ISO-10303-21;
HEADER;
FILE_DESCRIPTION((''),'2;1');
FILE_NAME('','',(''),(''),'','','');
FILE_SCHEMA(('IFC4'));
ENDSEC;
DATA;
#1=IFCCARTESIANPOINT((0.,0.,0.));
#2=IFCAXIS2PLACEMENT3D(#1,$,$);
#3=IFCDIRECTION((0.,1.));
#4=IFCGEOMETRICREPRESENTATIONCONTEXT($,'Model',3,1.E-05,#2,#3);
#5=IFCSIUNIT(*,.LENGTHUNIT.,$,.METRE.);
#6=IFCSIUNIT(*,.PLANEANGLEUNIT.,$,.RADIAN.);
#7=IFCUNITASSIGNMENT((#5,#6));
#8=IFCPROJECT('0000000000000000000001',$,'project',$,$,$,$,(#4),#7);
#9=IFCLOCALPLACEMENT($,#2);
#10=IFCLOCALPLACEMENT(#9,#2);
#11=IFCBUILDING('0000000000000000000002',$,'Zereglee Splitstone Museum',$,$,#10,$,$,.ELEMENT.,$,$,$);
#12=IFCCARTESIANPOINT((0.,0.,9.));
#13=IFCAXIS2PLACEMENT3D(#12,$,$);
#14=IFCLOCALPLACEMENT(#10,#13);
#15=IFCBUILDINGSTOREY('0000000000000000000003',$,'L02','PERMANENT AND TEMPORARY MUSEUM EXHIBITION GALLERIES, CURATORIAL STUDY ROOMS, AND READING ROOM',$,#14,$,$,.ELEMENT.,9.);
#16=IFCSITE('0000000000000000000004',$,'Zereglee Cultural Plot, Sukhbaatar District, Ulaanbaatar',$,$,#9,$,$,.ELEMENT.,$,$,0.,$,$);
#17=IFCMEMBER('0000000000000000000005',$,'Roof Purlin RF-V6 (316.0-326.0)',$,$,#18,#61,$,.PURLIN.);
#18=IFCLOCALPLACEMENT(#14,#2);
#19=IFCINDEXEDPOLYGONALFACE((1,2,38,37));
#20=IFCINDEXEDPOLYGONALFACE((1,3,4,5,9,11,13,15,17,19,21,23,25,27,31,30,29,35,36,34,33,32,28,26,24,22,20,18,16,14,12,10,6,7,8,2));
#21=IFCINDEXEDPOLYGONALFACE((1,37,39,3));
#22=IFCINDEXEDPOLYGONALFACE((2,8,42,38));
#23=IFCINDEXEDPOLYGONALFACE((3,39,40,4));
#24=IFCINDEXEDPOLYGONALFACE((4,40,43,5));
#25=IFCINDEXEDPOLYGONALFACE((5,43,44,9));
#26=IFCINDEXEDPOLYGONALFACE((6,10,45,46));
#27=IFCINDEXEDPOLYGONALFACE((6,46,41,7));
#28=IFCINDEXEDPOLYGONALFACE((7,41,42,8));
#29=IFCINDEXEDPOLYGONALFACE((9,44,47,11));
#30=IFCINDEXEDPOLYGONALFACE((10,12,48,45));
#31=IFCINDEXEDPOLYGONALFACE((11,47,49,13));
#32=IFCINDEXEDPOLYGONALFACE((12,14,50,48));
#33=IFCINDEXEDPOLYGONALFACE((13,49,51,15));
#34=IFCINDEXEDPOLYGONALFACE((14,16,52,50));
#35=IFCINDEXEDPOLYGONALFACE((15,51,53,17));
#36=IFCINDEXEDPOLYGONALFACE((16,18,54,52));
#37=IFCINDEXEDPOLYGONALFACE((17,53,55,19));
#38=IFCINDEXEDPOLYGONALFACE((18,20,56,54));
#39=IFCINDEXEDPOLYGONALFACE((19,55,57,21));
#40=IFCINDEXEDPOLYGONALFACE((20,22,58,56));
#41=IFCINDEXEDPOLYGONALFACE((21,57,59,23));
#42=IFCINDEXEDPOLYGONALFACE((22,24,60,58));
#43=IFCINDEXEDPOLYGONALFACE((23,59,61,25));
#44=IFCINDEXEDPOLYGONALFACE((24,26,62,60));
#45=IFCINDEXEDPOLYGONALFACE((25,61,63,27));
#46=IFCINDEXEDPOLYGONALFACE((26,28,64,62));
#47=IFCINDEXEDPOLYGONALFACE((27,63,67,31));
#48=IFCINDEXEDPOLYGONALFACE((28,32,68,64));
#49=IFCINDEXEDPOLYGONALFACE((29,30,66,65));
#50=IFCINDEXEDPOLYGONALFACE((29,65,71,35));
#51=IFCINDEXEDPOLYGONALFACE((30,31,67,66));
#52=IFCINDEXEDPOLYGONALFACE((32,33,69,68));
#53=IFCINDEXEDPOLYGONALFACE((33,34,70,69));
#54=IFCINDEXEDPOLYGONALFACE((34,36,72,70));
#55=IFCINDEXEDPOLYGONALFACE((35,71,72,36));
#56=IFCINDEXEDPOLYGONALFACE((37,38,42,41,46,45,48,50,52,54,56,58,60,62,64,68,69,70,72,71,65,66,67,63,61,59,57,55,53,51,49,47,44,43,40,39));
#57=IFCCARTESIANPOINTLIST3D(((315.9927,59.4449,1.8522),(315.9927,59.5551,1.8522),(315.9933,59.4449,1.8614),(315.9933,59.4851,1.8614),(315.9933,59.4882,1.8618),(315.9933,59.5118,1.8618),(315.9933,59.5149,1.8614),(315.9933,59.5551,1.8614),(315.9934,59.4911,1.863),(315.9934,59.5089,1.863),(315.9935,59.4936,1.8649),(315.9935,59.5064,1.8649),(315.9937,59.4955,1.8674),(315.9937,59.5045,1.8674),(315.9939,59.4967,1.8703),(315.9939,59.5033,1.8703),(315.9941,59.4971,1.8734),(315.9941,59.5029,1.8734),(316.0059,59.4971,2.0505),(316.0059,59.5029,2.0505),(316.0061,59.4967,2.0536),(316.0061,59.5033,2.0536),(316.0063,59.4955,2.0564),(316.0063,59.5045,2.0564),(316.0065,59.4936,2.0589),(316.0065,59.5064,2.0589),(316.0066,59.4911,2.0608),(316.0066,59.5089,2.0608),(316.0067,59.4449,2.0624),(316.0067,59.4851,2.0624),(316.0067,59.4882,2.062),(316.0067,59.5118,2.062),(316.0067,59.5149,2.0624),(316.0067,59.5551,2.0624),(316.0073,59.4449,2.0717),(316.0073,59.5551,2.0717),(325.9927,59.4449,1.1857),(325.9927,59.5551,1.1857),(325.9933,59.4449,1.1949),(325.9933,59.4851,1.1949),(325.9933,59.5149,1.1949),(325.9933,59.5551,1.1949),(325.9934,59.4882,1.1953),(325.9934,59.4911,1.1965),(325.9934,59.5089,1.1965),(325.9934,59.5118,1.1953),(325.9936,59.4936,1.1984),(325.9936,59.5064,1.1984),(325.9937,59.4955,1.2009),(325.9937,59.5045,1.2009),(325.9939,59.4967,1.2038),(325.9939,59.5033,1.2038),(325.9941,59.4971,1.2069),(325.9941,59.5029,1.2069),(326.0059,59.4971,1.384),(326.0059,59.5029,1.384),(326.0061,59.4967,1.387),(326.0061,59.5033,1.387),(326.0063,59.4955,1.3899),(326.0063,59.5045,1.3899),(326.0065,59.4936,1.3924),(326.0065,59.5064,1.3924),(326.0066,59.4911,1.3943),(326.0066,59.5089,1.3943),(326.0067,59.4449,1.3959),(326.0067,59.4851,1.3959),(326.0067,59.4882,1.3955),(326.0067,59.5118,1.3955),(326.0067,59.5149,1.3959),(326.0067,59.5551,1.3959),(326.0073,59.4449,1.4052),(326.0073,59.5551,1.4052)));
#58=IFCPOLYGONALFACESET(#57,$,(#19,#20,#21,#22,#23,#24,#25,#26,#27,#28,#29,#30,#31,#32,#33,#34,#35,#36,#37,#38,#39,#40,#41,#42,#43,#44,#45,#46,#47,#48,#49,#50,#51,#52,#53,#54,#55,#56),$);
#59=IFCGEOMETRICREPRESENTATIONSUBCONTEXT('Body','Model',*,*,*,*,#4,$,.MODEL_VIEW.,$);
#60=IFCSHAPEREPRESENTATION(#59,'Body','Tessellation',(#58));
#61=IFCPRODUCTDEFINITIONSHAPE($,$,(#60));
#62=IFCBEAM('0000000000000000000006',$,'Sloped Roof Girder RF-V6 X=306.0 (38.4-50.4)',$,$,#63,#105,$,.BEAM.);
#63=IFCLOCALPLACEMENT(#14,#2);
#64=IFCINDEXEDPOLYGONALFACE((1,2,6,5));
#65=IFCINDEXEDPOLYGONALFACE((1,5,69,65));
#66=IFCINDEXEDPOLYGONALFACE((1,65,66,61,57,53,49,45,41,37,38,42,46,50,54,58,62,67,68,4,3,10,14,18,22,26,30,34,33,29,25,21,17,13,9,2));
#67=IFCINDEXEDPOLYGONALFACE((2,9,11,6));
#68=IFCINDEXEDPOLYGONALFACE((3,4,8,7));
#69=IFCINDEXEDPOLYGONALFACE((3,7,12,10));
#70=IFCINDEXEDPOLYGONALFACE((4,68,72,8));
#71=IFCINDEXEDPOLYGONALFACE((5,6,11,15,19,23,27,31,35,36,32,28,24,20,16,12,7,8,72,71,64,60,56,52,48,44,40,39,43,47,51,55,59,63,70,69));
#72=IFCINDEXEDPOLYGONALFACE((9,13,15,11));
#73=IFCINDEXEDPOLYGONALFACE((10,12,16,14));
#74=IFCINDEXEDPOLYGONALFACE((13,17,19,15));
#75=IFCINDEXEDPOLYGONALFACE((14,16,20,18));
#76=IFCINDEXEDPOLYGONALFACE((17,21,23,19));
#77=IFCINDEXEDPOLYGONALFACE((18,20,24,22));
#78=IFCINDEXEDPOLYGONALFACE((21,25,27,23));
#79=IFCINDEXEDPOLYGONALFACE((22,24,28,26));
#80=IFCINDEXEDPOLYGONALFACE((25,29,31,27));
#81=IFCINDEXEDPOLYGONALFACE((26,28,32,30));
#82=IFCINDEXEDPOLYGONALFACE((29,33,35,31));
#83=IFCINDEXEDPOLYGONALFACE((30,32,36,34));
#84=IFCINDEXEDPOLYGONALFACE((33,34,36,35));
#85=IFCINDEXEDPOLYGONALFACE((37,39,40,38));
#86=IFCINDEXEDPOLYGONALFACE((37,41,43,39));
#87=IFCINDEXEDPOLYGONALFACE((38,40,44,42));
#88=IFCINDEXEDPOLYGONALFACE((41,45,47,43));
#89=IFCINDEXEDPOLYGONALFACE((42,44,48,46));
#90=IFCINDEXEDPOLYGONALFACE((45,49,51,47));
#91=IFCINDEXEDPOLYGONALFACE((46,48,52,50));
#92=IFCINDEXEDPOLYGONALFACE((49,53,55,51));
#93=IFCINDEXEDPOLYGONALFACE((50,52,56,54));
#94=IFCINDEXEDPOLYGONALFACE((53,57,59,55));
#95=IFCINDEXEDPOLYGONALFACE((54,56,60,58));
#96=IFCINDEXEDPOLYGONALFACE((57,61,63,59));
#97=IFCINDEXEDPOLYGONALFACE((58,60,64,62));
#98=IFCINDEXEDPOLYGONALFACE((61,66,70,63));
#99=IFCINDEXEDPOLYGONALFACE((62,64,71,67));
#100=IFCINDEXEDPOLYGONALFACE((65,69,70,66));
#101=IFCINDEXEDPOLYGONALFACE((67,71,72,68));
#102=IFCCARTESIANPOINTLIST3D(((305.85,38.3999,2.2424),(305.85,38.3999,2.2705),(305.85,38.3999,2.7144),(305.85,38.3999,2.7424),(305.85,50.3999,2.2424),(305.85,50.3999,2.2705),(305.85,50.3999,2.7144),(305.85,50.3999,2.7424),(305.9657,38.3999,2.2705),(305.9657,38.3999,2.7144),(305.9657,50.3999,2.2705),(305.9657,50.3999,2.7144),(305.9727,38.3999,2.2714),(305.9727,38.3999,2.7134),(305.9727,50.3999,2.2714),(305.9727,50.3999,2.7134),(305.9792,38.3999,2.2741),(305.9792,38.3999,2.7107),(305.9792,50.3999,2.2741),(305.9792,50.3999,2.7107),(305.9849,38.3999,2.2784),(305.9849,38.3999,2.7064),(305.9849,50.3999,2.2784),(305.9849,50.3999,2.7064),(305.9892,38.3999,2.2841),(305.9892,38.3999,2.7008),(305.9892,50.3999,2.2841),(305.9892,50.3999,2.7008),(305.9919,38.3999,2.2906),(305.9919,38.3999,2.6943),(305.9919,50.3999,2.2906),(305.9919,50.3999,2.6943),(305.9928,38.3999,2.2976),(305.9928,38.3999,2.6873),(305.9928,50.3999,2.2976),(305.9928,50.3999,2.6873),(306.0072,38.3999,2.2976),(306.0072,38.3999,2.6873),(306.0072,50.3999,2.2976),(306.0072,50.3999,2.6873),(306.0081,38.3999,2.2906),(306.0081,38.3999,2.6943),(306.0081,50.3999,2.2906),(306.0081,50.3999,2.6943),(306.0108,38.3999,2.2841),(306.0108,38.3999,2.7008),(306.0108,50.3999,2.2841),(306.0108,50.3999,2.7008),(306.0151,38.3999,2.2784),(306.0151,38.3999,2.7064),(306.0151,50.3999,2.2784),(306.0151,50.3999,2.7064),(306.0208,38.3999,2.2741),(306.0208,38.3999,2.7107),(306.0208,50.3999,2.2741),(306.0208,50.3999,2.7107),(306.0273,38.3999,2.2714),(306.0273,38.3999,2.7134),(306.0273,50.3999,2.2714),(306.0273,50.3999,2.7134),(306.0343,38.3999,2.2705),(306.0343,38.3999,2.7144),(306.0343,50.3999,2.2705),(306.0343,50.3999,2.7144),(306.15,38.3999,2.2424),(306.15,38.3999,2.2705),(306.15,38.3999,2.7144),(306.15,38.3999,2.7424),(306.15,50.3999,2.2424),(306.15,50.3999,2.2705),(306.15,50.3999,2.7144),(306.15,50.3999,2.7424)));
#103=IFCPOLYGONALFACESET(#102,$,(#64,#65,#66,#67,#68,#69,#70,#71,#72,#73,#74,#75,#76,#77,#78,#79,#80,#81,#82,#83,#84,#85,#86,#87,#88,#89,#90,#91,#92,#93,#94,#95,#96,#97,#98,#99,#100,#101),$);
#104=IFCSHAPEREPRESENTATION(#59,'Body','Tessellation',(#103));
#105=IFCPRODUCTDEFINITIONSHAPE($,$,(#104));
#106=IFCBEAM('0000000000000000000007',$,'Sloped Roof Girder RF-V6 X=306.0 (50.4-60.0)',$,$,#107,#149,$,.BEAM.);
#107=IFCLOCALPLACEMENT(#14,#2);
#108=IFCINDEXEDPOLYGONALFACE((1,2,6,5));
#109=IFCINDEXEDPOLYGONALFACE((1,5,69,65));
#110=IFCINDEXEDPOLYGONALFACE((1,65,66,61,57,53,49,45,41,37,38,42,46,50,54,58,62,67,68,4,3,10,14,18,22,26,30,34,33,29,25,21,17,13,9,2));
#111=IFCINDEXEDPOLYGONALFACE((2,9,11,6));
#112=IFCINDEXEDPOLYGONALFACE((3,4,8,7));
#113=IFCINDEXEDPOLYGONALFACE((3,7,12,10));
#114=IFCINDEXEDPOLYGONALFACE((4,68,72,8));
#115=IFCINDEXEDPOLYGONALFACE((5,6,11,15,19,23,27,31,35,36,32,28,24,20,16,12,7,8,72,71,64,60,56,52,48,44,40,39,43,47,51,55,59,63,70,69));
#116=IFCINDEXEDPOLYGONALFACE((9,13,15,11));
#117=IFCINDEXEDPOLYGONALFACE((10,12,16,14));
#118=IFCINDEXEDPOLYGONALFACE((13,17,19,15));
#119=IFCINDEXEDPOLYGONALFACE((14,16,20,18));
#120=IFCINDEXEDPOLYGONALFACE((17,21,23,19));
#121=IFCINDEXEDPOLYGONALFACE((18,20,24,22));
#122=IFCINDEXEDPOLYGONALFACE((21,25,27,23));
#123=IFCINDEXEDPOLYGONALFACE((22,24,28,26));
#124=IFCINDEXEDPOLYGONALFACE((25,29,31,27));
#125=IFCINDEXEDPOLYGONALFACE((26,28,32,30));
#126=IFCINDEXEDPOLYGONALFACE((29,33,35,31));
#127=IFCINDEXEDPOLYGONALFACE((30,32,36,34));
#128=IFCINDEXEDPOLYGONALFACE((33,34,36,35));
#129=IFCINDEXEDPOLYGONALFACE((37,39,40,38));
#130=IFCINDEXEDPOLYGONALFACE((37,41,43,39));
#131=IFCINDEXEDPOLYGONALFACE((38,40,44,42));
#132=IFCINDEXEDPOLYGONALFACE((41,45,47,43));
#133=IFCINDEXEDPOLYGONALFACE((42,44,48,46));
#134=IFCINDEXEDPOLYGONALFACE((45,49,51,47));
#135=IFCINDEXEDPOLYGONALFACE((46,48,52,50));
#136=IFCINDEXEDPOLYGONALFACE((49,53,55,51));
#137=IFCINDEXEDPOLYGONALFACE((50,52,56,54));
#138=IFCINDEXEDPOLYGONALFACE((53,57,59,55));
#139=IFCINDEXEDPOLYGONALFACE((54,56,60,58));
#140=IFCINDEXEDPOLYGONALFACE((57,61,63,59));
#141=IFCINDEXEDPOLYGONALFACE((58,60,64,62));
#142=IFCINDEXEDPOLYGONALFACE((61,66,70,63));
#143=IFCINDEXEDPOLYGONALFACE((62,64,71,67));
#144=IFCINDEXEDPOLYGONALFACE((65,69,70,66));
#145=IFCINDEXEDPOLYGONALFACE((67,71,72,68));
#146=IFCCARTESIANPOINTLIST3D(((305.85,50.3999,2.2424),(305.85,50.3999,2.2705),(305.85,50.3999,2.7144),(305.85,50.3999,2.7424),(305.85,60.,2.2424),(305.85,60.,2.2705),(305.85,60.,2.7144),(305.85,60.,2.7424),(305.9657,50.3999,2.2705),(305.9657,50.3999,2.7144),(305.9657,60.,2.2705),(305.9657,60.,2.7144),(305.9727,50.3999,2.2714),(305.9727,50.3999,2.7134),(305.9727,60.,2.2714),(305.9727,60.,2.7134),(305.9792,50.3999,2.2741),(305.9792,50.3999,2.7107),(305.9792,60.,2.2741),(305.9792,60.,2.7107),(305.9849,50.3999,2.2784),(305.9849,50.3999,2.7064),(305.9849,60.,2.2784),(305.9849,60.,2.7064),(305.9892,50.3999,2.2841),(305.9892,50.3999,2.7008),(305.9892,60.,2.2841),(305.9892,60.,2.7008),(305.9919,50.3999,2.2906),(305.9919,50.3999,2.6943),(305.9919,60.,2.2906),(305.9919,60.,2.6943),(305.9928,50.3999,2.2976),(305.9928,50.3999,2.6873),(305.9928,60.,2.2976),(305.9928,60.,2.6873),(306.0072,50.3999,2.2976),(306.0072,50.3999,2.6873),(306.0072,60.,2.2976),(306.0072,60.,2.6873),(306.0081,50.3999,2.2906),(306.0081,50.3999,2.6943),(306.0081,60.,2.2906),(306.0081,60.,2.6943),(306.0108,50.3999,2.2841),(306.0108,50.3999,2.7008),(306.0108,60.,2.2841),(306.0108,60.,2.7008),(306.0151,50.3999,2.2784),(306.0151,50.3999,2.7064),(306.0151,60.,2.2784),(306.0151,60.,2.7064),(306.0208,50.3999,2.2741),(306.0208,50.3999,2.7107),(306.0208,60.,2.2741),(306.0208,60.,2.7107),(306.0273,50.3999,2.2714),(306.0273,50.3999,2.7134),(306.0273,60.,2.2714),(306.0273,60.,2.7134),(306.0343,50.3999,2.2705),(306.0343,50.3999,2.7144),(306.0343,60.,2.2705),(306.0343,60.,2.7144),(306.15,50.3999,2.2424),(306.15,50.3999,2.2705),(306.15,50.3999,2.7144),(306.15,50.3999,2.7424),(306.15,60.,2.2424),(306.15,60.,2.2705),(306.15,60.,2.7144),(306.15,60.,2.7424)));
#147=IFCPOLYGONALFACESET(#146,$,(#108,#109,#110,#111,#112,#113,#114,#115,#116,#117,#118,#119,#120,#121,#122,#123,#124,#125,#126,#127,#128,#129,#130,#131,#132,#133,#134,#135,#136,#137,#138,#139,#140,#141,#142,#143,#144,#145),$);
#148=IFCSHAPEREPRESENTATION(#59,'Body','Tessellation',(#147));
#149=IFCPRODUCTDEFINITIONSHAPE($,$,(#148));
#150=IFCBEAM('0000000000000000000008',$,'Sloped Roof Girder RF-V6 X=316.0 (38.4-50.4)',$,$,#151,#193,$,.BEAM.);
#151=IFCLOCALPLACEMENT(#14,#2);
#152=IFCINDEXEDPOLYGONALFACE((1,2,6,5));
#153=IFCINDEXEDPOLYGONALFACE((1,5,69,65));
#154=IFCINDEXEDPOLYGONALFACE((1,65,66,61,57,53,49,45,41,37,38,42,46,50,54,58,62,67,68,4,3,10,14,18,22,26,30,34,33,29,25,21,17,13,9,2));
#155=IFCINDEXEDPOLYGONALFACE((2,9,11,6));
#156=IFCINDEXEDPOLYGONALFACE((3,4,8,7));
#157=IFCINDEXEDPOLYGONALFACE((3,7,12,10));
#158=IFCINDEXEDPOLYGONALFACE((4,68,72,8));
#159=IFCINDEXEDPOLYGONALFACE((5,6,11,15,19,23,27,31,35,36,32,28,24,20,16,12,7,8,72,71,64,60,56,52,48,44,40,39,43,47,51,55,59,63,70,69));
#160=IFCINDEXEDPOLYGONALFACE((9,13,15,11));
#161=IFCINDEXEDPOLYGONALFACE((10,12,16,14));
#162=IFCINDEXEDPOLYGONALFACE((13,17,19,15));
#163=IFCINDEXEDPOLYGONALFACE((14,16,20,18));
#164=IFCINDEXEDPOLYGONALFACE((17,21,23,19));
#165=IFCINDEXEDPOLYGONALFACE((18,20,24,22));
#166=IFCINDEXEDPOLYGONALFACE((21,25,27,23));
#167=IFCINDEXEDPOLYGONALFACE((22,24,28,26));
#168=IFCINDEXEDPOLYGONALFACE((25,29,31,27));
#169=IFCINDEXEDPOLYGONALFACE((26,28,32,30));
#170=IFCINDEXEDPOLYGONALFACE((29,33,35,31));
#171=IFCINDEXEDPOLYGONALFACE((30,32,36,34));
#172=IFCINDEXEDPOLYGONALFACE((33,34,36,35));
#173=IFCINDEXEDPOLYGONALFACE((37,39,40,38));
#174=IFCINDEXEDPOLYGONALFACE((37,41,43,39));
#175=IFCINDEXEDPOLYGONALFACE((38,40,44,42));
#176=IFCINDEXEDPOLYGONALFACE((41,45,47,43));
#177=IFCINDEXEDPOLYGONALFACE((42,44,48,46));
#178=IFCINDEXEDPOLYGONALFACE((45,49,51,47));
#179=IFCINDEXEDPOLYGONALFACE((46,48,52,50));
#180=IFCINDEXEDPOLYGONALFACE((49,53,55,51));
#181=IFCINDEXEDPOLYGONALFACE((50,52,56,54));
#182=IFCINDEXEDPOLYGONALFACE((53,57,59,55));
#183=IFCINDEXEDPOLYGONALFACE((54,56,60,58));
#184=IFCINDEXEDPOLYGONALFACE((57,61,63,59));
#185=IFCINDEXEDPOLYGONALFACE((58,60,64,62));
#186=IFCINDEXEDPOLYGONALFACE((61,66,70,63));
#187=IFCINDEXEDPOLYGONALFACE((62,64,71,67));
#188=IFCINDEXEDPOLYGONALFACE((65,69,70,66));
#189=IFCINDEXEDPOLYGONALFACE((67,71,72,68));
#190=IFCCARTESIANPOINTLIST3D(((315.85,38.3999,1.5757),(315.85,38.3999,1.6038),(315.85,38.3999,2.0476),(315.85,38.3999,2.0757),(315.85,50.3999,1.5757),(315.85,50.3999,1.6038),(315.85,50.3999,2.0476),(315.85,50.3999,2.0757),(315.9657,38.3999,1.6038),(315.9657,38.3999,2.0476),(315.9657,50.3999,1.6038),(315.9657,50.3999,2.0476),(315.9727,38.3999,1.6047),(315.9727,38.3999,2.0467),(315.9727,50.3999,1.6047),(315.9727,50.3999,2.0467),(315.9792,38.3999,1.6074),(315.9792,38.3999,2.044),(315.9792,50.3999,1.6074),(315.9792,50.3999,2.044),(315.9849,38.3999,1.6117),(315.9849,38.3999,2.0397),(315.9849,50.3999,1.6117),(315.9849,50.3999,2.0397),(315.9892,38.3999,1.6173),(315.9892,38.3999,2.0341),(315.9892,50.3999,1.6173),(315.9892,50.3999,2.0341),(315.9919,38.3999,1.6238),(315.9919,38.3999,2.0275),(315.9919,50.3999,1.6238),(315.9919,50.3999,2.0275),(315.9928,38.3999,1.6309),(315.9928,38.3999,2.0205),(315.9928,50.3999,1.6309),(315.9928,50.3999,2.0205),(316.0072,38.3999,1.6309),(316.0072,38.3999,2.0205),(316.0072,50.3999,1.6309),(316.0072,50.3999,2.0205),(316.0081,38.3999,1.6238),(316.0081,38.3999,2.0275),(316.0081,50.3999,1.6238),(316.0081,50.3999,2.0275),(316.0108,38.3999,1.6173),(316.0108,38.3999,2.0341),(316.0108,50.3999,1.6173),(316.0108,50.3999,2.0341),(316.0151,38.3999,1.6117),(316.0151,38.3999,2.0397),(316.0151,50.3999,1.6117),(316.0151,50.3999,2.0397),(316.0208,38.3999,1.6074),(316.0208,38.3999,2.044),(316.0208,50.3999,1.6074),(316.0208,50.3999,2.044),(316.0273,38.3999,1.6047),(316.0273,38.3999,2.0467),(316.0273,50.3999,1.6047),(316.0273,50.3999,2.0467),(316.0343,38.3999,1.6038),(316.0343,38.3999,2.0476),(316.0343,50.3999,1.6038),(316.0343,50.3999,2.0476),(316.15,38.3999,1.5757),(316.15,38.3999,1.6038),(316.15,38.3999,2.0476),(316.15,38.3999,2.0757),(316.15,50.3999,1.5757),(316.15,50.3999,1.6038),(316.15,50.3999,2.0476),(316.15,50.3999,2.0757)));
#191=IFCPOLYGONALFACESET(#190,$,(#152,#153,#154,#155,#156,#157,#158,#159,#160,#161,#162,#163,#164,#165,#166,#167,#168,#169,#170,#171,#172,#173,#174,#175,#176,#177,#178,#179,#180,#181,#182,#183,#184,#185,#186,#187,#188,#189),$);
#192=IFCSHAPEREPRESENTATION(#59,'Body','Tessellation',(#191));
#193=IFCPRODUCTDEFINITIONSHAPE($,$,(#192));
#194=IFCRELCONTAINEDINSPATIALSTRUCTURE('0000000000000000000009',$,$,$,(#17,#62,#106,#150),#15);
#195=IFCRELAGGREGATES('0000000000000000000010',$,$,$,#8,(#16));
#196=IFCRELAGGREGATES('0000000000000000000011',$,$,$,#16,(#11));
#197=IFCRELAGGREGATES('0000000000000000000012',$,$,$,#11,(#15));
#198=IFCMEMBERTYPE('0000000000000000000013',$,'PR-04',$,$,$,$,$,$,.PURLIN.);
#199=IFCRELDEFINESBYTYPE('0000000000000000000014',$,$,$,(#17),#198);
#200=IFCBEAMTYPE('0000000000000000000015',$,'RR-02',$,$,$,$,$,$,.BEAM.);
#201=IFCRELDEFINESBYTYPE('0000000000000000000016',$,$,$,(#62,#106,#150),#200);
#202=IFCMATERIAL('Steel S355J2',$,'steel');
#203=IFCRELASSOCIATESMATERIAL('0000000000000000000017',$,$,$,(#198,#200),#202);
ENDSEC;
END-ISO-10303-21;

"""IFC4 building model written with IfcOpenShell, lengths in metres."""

from ifc_helpers import new_model, si_unit, direction, frame, origin, origin_2d, place, context, subcontext, project, spatial, i_section, extrude, material, material_profile, profile_set, type_object, element, save


model = new_model("IFC4")

# Units and contexts
model_context = context("Model", 3, precision=1e-05, world=origin(), true_north=direction((0.0, 1.0)))
body_context = subcontext(model_context, "Body", "Model", "MODEL_VIEW")
ifc_project = project(units=[si_unit("LENGTHUNIT", "METRE"), si_unit("PLANEANGLEUNIT", "RADIAN")], contexts=[model_context])

# Site, building, storey
site_placement = place(None, origin())
site = spatial("IfcSite", under=ifc_project, at=site_placement, Name="Zereglee Cultural Plot, Sukhbaatar District, Ulaanbaatar", CompositionType="ELEMENT", RefElevation=0.0)
building_placement = place(site_placement, origin())
building = spatial("IfcBuilding", under=site, at=building_placement, Name="Zereglee Splitstone Museum", CompositionType="ELEMENT")
storey_placement = place(building_placement, frame((0.0, 0.0, 9.0)))
storey = spatial("IfcBuildingStorey", under=building, at=storey_placement, Name="L02", Description="PERMANENT AND TEMPORARY MUSEUM EXHIBITION GALLERIES, CURATORIAL STUDY ROOMS, AND READING ROOM", CompositionType="ELEMENT", Elevation=9.0)

# Shared definitions
ifc_material_1 = material(Name="Steel S355J2", Category="steel")

# Member
ifc_material_profile_1 = material_profile(ifc_material_1, i_section(OverallWidth=0.1101, OverallDepth=0.22, WebThickness=0.0059, FlangeThickness=0.0093, FilletRadius=0.012, at=origin_2d()), Name="IPE 220")
ifc_profile_set_1 = profile_set([ifc_material_profile_1], Name="Steel S355J2")
member_type_1 = type_object("IfcMemberType", Name="PR-04", PredefinedType="PURLIN", material=ifc_profile_set_1)
for number, where, z_axis, x_axis, name in (
    (1, (316.0, 59.5, 1.9619), (0.997786, 0.0, -0.066503), (0.0, 1.0, 0.0), "Roof Purlin RF-V6 (316.0-326.0)"),
):
    element("IfcMember", number, at=place(storey_placement, frame(where, z_axis=z_axis, x_axis=x_axis)), inside=storey, type_object=member_type_1, Name=name, PredefinedType="PURLIN", context=body_context, shape_type="SweptSolid", body=[
        extrude(i_section(OverallWidth=0.1101, OverallDepth=0.22, WebThickness=0.0059, FlangeThickness=0.0093, FilletRadius=0.012, at=origin_2d()), origin(), (0.0, 0.0, 1.0), 10.0222),
    ])

# Beams
ifc_material_profile_2 = material_profile(ifc_material_1, i_section(OverallWidth=0.3, OverallDepth=0.5, WebThickness=0.0144, FlangeThickness=0.0281, FilletRadius=0.0271, at=origin_2d()), Name="HE 500 B")
ifc_profile_set_2 = profile_set([ifc_material_profile_2], Name="Steel S355J2")
beam_type = type_object("IfcBeamType", Name="RR-02", PredefinedType="BEAM", material=ifc_profile_set_2)
beam_1_placement = place(storey_placement, frame((306.0, 38.3999, 2.4924), z_axis=(0.0, 1.0, 0.0), x_axis=(-1.0, 0.0, 0.0)))
element("IfcBeam", 2, at=beam_1_placement, inside=storey, type_object=beam_type, Name="Sloped Roof Girder RF-V6 X=306.0 (38.4-50.4)", PredefinedType="BEAM", context=body_context, shape_type="SweptSolid", body=[
    extrude(i_section(OverallWidth=0.3, OverallDepth=0.5, WebThickness=0.0144, FlangeThickness=0.0281, FilletRadius=0.0271, at=origin_2d()), origin(), (0.0, 0.0, 1.0), 12.0),
])
beam_2_placement = place(storey_placement, frame((306.0, 50.3999, 2.4924), z_axis=(0.0, 1.0, 0.0), x_axis=(-1.0, 0.0, 0.0)))
element("IfcBeam", 3, at=beam_2_placement, inside=storey, type_object=beam_type, Name="Sloped Roof Girder RF-V6 X=306.0 (50.4-60.0)", PredefinedType="BEAM", context=body_context, shape_type="SweptSolid", body=[
    extrude(i_section(OverallWidth=0.3, OverallDepth=0.5, WebThickness=0.0144, FlangeThickness=0.0281, FilletRadius=0.0271, at=origin_2d()), origin(), (0.0, 0.0, 1.0), 9.6001),
])
beam_3_placement = place(storey_placement, frame((316.0, 38.3999, 1.8257), z_axis=(0.0, 1.0, 0.0), x_axis=(-1.0, 0.0, 0.0)))
element("IfcBeam", 4, at=beam_3_placement, inside=storey, type_object=beam_type, Name="Sloped Roof Girder RF-V6 X=316.0 (38.4-50.4)", PredefinedType="BEAM", context=body_context, shape_type="SweptSolid", body=[
    extrude(i_section(OverallWidth=0.3, OverallDepth=0.5, WebThickness=0.0144, FlangeThickness=0.0281, FilletRadius=0.0271, at=origin_2d()), origin(), (0.0, 0.0, 1.0), 12.0),
])

save(model, "model.ifc")
